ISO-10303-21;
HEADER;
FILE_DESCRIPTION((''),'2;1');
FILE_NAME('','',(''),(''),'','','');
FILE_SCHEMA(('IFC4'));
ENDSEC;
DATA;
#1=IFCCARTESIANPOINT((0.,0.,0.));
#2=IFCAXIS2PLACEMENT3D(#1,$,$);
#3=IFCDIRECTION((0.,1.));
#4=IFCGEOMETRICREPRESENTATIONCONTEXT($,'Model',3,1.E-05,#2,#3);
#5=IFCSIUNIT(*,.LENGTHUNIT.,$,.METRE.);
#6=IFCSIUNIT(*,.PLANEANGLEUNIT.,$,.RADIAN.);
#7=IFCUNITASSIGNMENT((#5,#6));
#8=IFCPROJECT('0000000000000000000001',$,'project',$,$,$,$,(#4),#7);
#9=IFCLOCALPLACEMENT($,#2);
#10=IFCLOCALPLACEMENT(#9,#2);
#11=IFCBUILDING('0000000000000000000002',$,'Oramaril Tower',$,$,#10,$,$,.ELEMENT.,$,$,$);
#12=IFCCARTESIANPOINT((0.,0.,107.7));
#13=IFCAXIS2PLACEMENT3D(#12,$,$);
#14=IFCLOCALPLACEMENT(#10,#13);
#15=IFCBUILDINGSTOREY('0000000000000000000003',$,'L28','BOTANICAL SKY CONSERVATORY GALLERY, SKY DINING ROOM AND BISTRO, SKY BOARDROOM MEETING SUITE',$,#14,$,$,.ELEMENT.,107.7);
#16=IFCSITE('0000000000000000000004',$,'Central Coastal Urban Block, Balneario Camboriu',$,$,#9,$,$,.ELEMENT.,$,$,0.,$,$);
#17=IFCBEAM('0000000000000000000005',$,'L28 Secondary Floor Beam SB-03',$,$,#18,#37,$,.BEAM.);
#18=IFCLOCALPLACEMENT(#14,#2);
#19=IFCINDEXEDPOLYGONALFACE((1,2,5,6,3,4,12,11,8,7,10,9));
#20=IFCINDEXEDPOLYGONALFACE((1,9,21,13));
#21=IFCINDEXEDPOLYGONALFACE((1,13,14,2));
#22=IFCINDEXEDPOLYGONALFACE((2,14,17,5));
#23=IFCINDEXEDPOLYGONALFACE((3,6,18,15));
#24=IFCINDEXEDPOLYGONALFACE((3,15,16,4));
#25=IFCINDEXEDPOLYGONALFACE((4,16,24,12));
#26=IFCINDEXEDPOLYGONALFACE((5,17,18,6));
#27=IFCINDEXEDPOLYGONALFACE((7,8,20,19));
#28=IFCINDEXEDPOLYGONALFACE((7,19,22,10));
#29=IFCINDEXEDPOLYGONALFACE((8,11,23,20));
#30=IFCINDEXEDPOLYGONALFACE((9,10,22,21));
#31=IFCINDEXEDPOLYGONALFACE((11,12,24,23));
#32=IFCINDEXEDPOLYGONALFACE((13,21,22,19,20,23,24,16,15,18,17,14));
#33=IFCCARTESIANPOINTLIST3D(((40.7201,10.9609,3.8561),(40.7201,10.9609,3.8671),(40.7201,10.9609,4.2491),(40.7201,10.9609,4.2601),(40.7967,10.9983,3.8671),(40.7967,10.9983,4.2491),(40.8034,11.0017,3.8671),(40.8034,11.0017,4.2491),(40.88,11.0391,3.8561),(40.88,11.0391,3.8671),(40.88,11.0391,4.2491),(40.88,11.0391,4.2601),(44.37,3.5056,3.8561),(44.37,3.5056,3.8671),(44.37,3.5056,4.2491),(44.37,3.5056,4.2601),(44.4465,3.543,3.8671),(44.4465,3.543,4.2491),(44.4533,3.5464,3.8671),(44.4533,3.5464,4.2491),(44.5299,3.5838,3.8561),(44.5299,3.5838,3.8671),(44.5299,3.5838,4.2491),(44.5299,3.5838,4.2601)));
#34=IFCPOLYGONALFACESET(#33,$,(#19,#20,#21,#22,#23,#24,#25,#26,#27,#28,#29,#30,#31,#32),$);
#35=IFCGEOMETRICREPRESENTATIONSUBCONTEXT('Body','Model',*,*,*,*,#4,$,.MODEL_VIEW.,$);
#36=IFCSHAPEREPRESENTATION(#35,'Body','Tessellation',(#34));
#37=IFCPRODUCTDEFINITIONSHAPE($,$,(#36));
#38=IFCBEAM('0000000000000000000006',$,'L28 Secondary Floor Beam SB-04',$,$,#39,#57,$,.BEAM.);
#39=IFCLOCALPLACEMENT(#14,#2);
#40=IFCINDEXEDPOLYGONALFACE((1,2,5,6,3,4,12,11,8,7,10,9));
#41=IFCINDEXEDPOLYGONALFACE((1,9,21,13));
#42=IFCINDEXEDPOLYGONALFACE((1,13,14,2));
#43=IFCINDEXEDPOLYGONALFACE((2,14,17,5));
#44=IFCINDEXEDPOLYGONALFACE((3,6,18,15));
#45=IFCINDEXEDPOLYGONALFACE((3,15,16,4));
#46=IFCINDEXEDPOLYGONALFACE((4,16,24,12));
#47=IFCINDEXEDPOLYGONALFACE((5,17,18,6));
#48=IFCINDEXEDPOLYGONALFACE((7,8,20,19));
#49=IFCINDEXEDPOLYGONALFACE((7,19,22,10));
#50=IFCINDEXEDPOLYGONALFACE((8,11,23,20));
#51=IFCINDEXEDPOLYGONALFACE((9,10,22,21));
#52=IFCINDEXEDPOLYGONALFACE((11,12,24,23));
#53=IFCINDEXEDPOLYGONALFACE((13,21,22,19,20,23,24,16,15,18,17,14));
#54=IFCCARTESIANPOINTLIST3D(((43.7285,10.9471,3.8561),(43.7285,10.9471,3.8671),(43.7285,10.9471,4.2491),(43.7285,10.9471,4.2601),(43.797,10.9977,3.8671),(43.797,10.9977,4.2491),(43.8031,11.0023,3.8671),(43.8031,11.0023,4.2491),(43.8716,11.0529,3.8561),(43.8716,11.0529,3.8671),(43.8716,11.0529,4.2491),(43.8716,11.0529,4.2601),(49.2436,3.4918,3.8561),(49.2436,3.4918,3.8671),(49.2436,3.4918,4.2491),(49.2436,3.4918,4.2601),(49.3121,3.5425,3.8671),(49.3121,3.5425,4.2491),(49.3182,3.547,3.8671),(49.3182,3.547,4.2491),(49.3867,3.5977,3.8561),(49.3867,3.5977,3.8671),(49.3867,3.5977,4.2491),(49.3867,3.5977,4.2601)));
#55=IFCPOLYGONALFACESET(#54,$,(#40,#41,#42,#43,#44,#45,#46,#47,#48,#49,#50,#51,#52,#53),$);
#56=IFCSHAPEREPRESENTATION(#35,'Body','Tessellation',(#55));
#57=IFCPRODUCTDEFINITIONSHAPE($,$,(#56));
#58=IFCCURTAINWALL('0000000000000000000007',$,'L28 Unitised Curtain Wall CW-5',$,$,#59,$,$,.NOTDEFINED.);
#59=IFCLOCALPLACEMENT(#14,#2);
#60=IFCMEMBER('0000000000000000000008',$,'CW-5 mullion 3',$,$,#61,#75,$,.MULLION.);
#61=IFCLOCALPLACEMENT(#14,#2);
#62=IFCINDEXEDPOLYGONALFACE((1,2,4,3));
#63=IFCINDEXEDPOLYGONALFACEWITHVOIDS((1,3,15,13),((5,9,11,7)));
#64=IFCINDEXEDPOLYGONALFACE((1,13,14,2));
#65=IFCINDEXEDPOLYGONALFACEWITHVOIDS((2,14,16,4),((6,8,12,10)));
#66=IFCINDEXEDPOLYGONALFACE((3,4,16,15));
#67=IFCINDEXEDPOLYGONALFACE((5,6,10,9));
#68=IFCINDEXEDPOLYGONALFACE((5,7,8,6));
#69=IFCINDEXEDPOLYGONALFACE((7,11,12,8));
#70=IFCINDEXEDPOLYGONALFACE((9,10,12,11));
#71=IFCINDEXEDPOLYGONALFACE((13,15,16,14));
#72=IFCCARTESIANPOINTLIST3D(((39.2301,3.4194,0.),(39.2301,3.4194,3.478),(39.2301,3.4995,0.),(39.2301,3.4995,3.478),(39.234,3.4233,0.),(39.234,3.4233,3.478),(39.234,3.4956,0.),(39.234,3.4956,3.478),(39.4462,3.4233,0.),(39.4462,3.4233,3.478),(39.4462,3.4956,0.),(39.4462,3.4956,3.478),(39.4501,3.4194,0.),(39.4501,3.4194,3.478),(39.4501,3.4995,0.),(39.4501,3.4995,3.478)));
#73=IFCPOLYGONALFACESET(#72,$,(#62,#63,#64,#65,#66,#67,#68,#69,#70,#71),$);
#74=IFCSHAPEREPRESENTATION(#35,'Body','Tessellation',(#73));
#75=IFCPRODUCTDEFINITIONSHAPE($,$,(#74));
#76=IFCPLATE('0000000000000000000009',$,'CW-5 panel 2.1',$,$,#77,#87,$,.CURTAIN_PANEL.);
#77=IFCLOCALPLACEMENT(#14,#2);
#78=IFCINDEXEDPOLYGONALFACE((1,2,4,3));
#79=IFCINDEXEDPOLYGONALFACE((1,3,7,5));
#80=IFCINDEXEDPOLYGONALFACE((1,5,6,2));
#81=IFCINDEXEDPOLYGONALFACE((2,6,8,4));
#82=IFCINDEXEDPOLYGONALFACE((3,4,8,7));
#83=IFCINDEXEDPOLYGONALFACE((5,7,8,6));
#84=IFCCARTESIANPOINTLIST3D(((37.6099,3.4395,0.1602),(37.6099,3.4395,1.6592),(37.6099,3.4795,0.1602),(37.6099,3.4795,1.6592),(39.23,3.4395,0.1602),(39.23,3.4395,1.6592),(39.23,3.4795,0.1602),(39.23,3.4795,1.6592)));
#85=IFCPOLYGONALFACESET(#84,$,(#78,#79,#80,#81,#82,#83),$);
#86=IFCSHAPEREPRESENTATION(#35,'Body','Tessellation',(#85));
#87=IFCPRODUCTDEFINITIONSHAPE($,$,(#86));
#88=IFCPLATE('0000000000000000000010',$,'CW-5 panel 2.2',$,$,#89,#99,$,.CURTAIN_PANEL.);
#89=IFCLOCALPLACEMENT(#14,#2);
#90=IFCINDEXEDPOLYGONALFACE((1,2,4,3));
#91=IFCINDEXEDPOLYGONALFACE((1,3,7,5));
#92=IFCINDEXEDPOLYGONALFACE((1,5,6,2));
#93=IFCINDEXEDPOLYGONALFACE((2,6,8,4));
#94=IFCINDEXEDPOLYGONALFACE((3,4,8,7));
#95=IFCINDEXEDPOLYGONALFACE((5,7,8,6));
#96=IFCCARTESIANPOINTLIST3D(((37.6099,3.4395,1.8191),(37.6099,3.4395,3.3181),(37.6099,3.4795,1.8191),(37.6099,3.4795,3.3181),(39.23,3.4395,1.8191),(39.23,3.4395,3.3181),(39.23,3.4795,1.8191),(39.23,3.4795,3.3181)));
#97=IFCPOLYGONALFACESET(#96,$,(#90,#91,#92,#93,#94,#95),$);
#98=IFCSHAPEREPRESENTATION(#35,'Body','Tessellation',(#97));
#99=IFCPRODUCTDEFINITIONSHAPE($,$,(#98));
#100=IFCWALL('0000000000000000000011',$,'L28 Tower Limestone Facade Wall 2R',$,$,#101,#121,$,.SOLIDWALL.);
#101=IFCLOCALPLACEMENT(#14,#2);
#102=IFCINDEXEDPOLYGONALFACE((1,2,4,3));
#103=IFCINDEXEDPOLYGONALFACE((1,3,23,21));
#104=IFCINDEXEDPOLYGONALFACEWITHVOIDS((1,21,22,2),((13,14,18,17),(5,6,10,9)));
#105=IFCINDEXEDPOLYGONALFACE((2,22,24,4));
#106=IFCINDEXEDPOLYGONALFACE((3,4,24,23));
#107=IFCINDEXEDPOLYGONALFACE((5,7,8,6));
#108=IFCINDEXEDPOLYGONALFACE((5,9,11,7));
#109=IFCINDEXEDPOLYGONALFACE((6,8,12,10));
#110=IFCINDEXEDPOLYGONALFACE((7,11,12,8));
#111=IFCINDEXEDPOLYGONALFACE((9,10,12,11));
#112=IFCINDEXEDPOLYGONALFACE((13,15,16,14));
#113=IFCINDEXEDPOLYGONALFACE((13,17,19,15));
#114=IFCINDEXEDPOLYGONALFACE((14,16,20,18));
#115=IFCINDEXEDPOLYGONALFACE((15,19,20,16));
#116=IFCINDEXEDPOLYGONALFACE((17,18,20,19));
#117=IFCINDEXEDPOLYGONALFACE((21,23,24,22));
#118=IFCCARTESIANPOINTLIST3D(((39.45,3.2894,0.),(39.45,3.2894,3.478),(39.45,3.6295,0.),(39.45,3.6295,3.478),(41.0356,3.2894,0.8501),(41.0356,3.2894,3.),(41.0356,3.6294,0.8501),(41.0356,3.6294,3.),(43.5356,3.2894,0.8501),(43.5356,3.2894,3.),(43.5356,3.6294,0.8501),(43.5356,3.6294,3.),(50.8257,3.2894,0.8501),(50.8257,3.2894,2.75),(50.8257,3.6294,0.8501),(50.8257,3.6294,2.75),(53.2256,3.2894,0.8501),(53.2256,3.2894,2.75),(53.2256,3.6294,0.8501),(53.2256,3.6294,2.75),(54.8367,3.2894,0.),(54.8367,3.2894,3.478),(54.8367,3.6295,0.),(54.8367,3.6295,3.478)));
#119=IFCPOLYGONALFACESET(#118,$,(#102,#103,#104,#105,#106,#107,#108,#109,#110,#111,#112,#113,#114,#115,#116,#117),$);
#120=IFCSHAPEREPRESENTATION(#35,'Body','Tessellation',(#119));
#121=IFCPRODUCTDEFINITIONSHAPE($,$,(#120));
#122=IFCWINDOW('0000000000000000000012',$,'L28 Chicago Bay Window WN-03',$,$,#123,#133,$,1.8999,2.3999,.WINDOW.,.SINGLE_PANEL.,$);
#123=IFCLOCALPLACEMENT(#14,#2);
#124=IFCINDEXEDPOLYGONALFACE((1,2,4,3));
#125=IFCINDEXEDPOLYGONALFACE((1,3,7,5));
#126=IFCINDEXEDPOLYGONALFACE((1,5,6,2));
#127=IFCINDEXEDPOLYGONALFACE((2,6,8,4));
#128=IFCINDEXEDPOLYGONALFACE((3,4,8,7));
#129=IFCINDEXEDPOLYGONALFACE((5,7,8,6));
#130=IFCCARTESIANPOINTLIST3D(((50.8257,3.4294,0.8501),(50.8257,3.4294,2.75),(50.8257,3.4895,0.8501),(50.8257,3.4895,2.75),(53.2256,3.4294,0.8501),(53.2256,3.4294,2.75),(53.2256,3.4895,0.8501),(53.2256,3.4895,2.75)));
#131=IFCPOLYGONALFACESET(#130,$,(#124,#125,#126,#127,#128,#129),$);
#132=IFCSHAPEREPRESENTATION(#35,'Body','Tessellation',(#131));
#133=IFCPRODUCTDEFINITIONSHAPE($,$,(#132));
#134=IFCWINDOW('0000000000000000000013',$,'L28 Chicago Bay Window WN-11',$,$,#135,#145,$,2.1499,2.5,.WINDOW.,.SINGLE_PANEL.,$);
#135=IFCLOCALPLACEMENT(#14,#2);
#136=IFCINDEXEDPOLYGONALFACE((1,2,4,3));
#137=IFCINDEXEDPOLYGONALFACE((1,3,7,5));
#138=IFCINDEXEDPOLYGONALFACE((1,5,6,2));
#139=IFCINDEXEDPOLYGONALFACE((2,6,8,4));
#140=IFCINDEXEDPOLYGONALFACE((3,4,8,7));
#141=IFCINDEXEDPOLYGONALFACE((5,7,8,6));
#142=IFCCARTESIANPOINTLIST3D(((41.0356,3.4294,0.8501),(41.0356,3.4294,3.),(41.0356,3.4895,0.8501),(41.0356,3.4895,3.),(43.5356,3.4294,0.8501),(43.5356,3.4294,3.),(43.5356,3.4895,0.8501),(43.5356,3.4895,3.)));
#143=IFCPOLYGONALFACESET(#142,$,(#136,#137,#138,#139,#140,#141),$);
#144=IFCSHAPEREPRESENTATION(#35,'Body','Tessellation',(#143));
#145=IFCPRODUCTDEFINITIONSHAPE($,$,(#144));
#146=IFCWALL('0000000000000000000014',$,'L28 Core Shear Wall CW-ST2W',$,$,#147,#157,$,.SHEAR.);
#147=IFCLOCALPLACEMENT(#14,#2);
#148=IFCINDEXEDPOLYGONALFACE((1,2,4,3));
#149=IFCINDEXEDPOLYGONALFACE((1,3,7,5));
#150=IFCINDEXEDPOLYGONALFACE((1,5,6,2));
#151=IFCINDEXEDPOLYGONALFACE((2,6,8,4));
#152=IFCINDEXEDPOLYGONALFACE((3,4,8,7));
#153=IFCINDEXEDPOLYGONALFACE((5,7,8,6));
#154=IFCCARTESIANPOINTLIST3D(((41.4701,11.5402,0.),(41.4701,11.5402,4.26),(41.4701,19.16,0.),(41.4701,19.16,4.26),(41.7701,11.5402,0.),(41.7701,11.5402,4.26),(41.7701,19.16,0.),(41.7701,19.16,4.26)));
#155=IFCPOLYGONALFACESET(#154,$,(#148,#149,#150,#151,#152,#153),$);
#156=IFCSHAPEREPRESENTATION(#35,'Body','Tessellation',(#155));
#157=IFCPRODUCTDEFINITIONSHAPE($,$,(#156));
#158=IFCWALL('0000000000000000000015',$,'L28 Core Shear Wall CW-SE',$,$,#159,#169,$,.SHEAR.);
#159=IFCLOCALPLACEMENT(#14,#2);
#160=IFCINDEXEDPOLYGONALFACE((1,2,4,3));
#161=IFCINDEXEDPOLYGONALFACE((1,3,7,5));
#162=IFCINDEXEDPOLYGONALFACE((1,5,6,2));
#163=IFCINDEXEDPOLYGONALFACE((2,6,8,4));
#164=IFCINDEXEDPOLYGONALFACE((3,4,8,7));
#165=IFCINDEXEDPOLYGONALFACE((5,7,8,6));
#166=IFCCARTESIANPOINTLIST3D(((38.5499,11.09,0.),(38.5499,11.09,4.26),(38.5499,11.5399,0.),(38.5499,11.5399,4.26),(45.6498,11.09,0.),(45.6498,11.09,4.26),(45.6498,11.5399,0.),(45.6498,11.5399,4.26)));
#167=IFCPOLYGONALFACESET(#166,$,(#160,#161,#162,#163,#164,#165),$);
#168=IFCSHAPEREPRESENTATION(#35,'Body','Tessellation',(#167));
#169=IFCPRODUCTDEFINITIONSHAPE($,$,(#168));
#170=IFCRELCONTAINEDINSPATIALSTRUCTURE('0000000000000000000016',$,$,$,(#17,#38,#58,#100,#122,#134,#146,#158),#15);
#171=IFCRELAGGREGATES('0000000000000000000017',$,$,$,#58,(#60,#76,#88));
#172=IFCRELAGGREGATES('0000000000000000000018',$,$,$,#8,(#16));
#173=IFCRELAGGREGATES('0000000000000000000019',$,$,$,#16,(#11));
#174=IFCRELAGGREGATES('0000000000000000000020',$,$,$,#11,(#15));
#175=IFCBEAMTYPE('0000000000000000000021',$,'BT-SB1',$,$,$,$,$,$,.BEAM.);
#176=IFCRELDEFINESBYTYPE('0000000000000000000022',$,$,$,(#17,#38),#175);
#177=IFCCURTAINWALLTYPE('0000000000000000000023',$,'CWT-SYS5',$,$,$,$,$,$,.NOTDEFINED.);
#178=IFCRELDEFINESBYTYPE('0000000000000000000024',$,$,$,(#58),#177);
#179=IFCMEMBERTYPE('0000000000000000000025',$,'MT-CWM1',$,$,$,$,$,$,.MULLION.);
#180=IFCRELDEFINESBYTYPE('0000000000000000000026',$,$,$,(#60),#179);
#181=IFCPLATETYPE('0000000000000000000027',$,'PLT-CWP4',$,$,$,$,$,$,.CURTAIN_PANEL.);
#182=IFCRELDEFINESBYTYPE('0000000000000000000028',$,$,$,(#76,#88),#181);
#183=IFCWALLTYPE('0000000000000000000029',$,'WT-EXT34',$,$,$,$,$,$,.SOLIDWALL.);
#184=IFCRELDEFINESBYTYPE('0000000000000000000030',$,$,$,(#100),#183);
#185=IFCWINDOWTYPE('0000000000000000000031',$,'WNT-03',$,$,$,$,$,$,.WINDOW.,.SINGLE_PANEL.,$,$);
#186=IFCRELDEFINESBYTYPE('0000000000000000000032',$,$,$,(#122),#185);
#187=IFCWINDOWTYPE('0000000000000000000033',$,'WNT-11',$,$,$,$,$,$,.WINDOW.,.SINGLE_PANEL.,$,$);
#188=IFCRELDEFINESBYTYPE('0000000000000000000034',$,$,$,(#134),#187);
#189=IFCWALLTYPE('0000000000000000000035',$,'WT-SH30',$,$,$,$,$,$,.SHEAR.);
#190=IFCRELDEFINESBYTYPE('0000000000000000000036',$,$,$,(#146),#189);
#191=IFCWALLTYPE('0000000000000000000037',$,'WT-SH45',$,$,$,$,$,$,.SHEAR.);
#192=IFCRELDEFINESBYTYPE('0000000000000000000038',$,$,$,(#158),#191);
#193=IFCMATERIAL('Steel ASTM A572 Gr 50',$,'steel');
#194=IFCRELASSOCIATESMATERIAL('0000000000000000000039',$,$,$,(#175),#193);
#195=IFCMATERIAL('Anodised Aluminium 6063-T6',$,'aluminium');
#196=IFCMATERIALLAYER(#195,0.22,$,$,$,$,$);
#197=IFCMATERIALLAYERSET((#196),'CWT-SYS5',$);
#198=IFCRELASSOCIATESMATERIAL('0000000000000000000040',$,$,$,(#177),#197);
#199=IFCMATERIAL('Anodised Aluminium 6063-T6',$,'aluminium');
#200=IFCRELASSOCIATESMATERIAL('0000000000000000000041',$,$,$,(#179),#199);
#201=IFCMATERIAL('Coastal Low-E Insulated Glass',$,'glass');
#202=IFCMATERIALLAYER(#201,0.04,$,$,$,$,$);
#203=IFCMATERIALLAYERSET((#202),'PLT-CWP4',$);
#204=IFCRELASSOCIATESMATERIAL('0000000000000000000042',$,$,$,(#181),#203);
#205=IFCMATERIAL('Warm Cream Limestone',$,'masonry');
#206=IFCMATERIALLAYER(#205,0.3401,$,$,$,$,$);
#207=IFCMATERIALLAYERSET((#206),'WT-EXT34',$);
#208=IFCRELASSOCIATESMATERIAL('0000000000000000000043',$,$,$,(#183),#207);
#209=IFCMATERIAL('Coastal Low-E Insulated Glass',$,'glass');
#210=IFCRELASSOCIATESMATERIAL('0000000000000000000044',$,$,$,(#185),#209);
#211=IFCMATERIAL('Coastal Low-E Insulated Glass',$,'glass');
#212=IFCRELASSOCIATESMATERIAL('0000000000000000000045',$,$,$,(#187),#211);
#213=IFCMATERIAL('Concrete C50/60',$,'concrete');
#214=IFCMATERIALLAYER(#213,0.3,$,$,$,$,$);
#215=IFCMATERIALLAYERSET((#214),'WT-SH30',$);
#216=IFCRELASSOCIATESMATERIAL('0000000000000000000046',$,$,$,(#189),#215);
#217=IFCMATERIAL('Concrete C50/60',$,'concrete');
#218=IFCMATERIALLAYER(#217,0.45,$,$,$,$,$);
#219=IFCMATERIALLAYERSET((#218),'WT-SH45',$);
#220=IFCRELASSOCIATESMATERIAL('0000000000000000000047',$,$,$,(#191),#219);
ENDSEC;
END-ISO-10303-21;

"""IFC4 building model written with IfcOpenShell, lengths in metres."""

from ifc_helpers import new_model, si_unit, direction, frame, frame_2d, origin, origin_2d, place, context, subcontext, project, spatial, rectangle, hollow_rectangle, i_section, extrude, material, layer, layer_set, material_profile, profile_set, type_object, element, fill, aggregate, save


model = new_model("IFC4")

# Units and contexts
model_context = context("Model", 3, precision=1e-05, world=origin(), true_north=direction((0.0, 1.0)))
body_context = subcontext(model_context, "Body", "Model", "MODEL_VIEW")
ifc_project = project(units=[si_unit("LENGTHUNIT", "METRE"), si_unit("PLANEANGLEUNIT", "RADIAN")], contexts=[model_context])

# Site, building, storey
site_placement = place(None, origin())
site = spatial("IfcSite", under=ifc_project, at=site_placement, Name="Central Coastal Urban Block, Balneario Camboriu", CompositionType="ELEMENT", RefElevation=0.0)
building_placement = place(site_placement, origin())
building = spatial("IfcBuilding", under=site, at=building_placement, Name="Oramaril Tower", CompositionType="ELEMENT")
storey_placement = place(building_placement, frame((0.0, 0.0, 107.7)))
storey = spatial("IfcBuildingStorey", under=building, at=storey_placement, Name="L28", Description="BOTANICAL SKY CONSERVATORY GALLERY, SKY DINING ROOM AND BISTRO, SKY BOARDROOM MEETING SUITE", CompositionType="ELEMENT", Elevation=107.7)

# Beams
ifc_material_1 = material(Name="Steel ASTM A572 Gr 50", Category="steel")
ifc_material_profile_1 = material_profile(ifc_material_1, i_section(OverallWidth=0.178, OverallDepth=0.4041, WebThickness=0.0076, FlangeThickness=0.011, at=origin_2d()), Name="W16X36")
ifc_profile_set_1 = profile_set([ifc_material_profile_1], Name="Steel ASTM A572 Gr 50")
beam_type = type_object("IfcBeamType", Name="BT-SB1", PredefinedType="BEAM", material=ifc_profile_set_1)
beam_1_placement = place(storey_placement, frame((40.8, 11.0, 4.0581), z_axis=(0.439704, -0.898143, 0.0), x_axis=(0.898143, 0.439704, 0.0)))
element("IfcBeam", 1, at=beam_1_placement, inside=storey, type_object=beam_type, Name="L28 Secondary Floor Beam SB-03", PredefinedType="BEAM", context=body_context, shape_type="SweptSolid", body=[
    extrude(i_section(OverallWidth=0.178, OverallDepth=0.4041, WebThickness=0.0076, FlangeThickness=0.011, at=origin_2d()), origin(), (0.0, 0.0, 1.0), 8.3008),
])
beam_2_placement = place(storey_placement, frame((43.8, 11.0, 4.0581), z_axis=(0.594717, -0.803935, 0.0), x_axis=(0.803935, 0.594717, 0.0)))
element("IfcBeam", 2, at=beam_2_placement, inside=storey, type_object=beam_type, Name="L28 Secondary Floor Beam SB-04", PredefinedType="BEAM", context=body_context, shape_type="SweptSolid", body=[
    extrude(i_section(OverallWidth=0.178, OverallDepth=0.4041, WebThickness=0.0076, FlangeThickness=0.011, at=origin_2d()), origin(), (0.0, 0.0, 1.0), 9.2734),
])

# Curtain wall, member, plates
ifc_material_2 = material(Name="Anodised Aluminium 6063-T6", Category="aluminium")
ifc_layer_1 = layer(ifc_material_2, 0.22)
ifc_layer_set_1 = layer_set([ifc_layer_1], Name="CWT-SYS5")
curtain_wall_type = type_object("IfcCurtainWallType", Name="CWT-SYS5", PredefinedType="NOTDEFINED", material=ifc_layer_set_1)
curtain_wall_placement = place(storey_placement, origin())
curtain_wall = element("IfcCurtainWall", 3, at=curtain_wall_placement, inside=storey, type_object=curtain_wall_type, Name="L28 Unitised Curtain Wall CW-5", PredefinedType="NOTDEFINED")
ifc_material_3 = material(Name="Anodised Aluminium 6063-T6", Category="aluminium")
ifc_material_profile_2 = material_profile(ifc_material_3, hollow_rectangle(XDim=0.0801, YDim=0.22, WallThickness=0.0039, at=origin_2d()), Name="CWM220X80")
ifc_profile_set_2 = profile_set([ifc_material_profile_2], Name="Anodised Aluminium 6063-T6")
member_type = type_object("IfcMemberType", Name="MT-CWM1", PredefinedType="MULLION", material=ifc_profile_set_2)
member_placement = place(storey_placement, frame((39.3401, 3.4595, 0.0), z_axis=(0.0, 0.0, 1.0), x_axis=(0.0, 1.0, 0.0)))
member = element("IfcMember", 4, at=member_placement, type_object=member_type, Name="CW-5 mullion 3", PredefinedType="MULLION", context=body_context, shape_type="SweptSolid", body=[
    extrude(hollow_rectangle(XDim=0.0801, YDim=0.22, WallThickness=0.0039, at=origin_2d()), origin(), (0.0, 0.0, 1.0), 3.478),
])
ifc_material_4 = material(Name="Coastal Low-E Insulated Glass", Category="glass")
ifc_layer_2 = layer(ifc_material_4, 0.04)
ifc_layer_set_2 = layer_set([ifc_layer_2], Name="PLT-CWP4")
plate_type = type_object("IfcPlateType", Name="PLT-CWP4", PredefinedType="CURTAIN_PANEL", material=ifc_layer_set_2)
plate_1_placement = place(storey_placement, frame((38.4199, 3.4595, 0.1602), z_axis=(0.0, 0.0, 1.0), x_axis=(1.0, 0.0, 0.0)))
plate_1 = element("IfcPlate", 5, at=plate_1_placement, type_object=plate_type, Name="CW-5 panel 2.1", PredefinedType="CURTAIN_PANEL", context=body_context, shape_type="SweptSolid", body=[
    extrude(rectangle(XDim=1.6201, YDim=0.04, at=origin_2d()), origin(), (0.0, 0.0, 1.0), 1.499),
])
plate_2_placement = place(storey_placement, frame((38.4199, 3.4595, 1.8191), z_axis=(0.0, 0.0, 1.0), x_axis=(1.0, 0.0, 0.0)))
plate_2 = element("IfcPlate", 6, at=plate_2_placement, type_object=plate_type, Name="CW-5 panel 2.2", PredefinedType="CURTAIN_PANEL", context=body_context, shape_type="SweptSolid", body=[
    extrude(rectangle(XDim=1.6201, YDim=0.04, at=origin_2d()), origin(), (0.0, 0.0, 1.0), 1.499),
])
aggregate(curtain_wall, [member, plate_1, plate_2])

# Wall, openings, windows
ifc_material_5 = material(Name="Warm Cream Limestone", Category="masonry")
ifc_layer_3 = layer(ifc_material_5, 0.3401)
ifc_layer_set_3 = layer_set([ifc_layer_3], Name="WT-EXT34")
wall_type_1 = type_object("IfcWallType", Name="WT-EXT34", PredefinedType="SOLIDWALL", material=ifc_layer_set_3)
wall_1_placement = place(storey_placement, frame((39.45, 3.4595, 0.0), z_axis=(0.0, 0.0, 1.0), x_axis=(1.0, 0.0, 0.0)))
wall_1 = element("IfcWall", 7, at=wall_1_placement, inside=storey, type_object=wall_type_1, Name="L28 Tower Limestone Facade Wall 2R", PredefinedType="SOLIDWALL", context=body_context, shape_type="SweptSolid", body=[
    extrude(rectangle(XDim=15.3867, YDim=0.3401, at=frame_2d((7.6934, 0.0))), origin(), (0.0, 0.0, 1.0), 3.478),
])
opening_1_placement = place(wall_1_placement, frame((1.5857, 0.0, 0.8501)))
opening_1 = element("IfcOpeningElement", 8, at=opening_1_placement, cuts=wall_1, PredefinedType="OPENING", context=body_context, shape_type="SweptSolid", body=[
    extrude(rectangle(XDim=2.5, YDim=2.1499, at=frame_2d((1.25, 1.075))), frame((0.0, 0.1699, 0.0), z_axis=(0.0, -1.0, 0.0), x_axis=(1.0, 0.0, 0.0)), (0.0, 0.0, 1.0), 0.3401),
])
opening_2_placement = place(wall_1_placement, frame((11.3757, 0.0, 0.8501)))
opening_2 = element("IfcOpeningElement", 9, at=opening_2_placement, cuts=wall_1, PredefinedType="OPENING", context=body_context, shape_type="SweptSolid", body=[
    extrude(rectangle(XDim=2.3999, YDim=1.8999, at=frame_2d((1.2, 0.95))), frame((0.0, 0.1699, 0.0), z_axis=(0.0, -1.0, 0.0), x_axis=(1.0, 0.0, 0.0)), (0.0, 0.0, 1.0), 0.3401),
])
ifc_material_6 = material(Name="Coastal Low-E Insulated Glass", Category="glass")
window_type_1 = type_object("IfcWindowType", Name="WNT-03", PartitioningType="SINGLE_PANEL", PredefinedType="WINDOW", material=ifc_material_6)
window_1_placement = place(opening_2_placement, origin())
window_1 = element("IfcWindow", 10, at=window_1_placement, inside=storey, type_object=window_type_1, Name="L28 Chicago Bay Window WN-03", OverallHeight=1.8999, OverallWidth=2.3999, PartitioningType="SINGLE_PANEL", PredefinedType="WINDOW", context=body_context, shape_type="SweptSolid", body=[
    extrude(rectangle(XDim=2.3999, YDim=1.8999, at=frame_2d((1.2, 0.95))), frame((0.0, 0.03, 0.0), z_axis=(0.0, -1.0, 0.0), x_axis=(1.0, 0.0, 0.0)), (0.0, 0.0, 1.0), 0.0601),
])
fill(opening_2, window_1)
ifc_material_7 = material(Name="Coastal Low-E Insulated Glass", Category="glass")
window_type_2 = type_object("IfcWindowType", Name="WNT-11", PartitioningType="SINGLE_PANEL", PredefinedType="WINDOW", material=ifc_material_7)
window_2_placement = place(opening_1_placement, origin())
window_2 = element("IfcWindow", 11, at=window_2_placement, inside=storey, type_object=window_type_2, Name="L28 Chicago Bay Window WN-11", OverallHeight=2.1499, OverallWidth=2.5, PartitioningType="SINGLE_PANEL", PredefinedType="WINDOW", context=body_context, shape_type="SweptSolid", body=[
    extrude(rectangle(XDim=2.5, YDim=2.1499, at=frame_2d((1.25, 1.075))), frame((0.0, 0.03, 0.0), z_axis=(0.0, -1.0, 0.0), x_axis=(1.0, 0.0, 0.0)), (0.0, 0.0, 1.0), 0.0601),
])
fill(opening_1, window_2)

# Walls
ifc_material_8 = material(Name="Concrete C50/60", Category="concrete")
ifc_layer_4 = layer(ifc_material_8, 0.3)
ifc_layer_set_4 = layer_set([ifc_layer_4], Name="WT-SH30")
wall_type_2 = type_object("IfcWallType", Name="WT-SH30", PredefinedType="SHEAR", material=ifc_layer_set_4)
wall_2_placement = place(storey_placement, frame((41.6201, 11.54, 0.0), z_axis=(0.0, 0.0, 1.0), x_axis=(0.0, 1.0, 0.0)))
element("IfcWall", 12, at=wall_2_placement, inside=storey, type_object=wall_type_2, Name="L28 Core Shear Wall CW-ST2W", PredefinedType="SHEAR", context=body_context, shape_type="SweptSolid", body=[
    extrude(rectangle(XDim=7.6199, YDim=0.3, at=frame_2d((3.8101, 0.0))), origin(), (0.0, 0.0, 1.0), 4.26),
])
ifc_material_9 = material(Name="Concrete C50/60", Category="concrete")
ifc_layer_5 = layer(ifc_material_9, 0.45)
ifc_layer_set_5 = layer_set([ifc_layer_5], Name="WT-SH45")
wall_type_3 = type_object("IfcWallType", Name="WT-SH45", PredefinedType="SHEAR", material=ifc_layer_set_5)
wall_3_placement = place(storey_placement, frame((38.55, 11.3149, 0.0), z_axis=(0.0, 0.0, 1.0), x_axis=(1.0, 0.0, 0.0)))
element("IfcWall", 13, at=wall_3_placement, inside=storey, type_object=wall_type_3, Name="L28 Core Shear Wall CW-SE", PredefinedType="SHEAR", context=body_context, shape_type="SweptSolid", body=[
    extrude(rectangle(XDim=7.0999, YDim=0.45, at=frame_2d((3.5498, 0.0))), origin(), (0.0, 0.0, 1.0), 4.26),
])

save(model, "model.ifc")
